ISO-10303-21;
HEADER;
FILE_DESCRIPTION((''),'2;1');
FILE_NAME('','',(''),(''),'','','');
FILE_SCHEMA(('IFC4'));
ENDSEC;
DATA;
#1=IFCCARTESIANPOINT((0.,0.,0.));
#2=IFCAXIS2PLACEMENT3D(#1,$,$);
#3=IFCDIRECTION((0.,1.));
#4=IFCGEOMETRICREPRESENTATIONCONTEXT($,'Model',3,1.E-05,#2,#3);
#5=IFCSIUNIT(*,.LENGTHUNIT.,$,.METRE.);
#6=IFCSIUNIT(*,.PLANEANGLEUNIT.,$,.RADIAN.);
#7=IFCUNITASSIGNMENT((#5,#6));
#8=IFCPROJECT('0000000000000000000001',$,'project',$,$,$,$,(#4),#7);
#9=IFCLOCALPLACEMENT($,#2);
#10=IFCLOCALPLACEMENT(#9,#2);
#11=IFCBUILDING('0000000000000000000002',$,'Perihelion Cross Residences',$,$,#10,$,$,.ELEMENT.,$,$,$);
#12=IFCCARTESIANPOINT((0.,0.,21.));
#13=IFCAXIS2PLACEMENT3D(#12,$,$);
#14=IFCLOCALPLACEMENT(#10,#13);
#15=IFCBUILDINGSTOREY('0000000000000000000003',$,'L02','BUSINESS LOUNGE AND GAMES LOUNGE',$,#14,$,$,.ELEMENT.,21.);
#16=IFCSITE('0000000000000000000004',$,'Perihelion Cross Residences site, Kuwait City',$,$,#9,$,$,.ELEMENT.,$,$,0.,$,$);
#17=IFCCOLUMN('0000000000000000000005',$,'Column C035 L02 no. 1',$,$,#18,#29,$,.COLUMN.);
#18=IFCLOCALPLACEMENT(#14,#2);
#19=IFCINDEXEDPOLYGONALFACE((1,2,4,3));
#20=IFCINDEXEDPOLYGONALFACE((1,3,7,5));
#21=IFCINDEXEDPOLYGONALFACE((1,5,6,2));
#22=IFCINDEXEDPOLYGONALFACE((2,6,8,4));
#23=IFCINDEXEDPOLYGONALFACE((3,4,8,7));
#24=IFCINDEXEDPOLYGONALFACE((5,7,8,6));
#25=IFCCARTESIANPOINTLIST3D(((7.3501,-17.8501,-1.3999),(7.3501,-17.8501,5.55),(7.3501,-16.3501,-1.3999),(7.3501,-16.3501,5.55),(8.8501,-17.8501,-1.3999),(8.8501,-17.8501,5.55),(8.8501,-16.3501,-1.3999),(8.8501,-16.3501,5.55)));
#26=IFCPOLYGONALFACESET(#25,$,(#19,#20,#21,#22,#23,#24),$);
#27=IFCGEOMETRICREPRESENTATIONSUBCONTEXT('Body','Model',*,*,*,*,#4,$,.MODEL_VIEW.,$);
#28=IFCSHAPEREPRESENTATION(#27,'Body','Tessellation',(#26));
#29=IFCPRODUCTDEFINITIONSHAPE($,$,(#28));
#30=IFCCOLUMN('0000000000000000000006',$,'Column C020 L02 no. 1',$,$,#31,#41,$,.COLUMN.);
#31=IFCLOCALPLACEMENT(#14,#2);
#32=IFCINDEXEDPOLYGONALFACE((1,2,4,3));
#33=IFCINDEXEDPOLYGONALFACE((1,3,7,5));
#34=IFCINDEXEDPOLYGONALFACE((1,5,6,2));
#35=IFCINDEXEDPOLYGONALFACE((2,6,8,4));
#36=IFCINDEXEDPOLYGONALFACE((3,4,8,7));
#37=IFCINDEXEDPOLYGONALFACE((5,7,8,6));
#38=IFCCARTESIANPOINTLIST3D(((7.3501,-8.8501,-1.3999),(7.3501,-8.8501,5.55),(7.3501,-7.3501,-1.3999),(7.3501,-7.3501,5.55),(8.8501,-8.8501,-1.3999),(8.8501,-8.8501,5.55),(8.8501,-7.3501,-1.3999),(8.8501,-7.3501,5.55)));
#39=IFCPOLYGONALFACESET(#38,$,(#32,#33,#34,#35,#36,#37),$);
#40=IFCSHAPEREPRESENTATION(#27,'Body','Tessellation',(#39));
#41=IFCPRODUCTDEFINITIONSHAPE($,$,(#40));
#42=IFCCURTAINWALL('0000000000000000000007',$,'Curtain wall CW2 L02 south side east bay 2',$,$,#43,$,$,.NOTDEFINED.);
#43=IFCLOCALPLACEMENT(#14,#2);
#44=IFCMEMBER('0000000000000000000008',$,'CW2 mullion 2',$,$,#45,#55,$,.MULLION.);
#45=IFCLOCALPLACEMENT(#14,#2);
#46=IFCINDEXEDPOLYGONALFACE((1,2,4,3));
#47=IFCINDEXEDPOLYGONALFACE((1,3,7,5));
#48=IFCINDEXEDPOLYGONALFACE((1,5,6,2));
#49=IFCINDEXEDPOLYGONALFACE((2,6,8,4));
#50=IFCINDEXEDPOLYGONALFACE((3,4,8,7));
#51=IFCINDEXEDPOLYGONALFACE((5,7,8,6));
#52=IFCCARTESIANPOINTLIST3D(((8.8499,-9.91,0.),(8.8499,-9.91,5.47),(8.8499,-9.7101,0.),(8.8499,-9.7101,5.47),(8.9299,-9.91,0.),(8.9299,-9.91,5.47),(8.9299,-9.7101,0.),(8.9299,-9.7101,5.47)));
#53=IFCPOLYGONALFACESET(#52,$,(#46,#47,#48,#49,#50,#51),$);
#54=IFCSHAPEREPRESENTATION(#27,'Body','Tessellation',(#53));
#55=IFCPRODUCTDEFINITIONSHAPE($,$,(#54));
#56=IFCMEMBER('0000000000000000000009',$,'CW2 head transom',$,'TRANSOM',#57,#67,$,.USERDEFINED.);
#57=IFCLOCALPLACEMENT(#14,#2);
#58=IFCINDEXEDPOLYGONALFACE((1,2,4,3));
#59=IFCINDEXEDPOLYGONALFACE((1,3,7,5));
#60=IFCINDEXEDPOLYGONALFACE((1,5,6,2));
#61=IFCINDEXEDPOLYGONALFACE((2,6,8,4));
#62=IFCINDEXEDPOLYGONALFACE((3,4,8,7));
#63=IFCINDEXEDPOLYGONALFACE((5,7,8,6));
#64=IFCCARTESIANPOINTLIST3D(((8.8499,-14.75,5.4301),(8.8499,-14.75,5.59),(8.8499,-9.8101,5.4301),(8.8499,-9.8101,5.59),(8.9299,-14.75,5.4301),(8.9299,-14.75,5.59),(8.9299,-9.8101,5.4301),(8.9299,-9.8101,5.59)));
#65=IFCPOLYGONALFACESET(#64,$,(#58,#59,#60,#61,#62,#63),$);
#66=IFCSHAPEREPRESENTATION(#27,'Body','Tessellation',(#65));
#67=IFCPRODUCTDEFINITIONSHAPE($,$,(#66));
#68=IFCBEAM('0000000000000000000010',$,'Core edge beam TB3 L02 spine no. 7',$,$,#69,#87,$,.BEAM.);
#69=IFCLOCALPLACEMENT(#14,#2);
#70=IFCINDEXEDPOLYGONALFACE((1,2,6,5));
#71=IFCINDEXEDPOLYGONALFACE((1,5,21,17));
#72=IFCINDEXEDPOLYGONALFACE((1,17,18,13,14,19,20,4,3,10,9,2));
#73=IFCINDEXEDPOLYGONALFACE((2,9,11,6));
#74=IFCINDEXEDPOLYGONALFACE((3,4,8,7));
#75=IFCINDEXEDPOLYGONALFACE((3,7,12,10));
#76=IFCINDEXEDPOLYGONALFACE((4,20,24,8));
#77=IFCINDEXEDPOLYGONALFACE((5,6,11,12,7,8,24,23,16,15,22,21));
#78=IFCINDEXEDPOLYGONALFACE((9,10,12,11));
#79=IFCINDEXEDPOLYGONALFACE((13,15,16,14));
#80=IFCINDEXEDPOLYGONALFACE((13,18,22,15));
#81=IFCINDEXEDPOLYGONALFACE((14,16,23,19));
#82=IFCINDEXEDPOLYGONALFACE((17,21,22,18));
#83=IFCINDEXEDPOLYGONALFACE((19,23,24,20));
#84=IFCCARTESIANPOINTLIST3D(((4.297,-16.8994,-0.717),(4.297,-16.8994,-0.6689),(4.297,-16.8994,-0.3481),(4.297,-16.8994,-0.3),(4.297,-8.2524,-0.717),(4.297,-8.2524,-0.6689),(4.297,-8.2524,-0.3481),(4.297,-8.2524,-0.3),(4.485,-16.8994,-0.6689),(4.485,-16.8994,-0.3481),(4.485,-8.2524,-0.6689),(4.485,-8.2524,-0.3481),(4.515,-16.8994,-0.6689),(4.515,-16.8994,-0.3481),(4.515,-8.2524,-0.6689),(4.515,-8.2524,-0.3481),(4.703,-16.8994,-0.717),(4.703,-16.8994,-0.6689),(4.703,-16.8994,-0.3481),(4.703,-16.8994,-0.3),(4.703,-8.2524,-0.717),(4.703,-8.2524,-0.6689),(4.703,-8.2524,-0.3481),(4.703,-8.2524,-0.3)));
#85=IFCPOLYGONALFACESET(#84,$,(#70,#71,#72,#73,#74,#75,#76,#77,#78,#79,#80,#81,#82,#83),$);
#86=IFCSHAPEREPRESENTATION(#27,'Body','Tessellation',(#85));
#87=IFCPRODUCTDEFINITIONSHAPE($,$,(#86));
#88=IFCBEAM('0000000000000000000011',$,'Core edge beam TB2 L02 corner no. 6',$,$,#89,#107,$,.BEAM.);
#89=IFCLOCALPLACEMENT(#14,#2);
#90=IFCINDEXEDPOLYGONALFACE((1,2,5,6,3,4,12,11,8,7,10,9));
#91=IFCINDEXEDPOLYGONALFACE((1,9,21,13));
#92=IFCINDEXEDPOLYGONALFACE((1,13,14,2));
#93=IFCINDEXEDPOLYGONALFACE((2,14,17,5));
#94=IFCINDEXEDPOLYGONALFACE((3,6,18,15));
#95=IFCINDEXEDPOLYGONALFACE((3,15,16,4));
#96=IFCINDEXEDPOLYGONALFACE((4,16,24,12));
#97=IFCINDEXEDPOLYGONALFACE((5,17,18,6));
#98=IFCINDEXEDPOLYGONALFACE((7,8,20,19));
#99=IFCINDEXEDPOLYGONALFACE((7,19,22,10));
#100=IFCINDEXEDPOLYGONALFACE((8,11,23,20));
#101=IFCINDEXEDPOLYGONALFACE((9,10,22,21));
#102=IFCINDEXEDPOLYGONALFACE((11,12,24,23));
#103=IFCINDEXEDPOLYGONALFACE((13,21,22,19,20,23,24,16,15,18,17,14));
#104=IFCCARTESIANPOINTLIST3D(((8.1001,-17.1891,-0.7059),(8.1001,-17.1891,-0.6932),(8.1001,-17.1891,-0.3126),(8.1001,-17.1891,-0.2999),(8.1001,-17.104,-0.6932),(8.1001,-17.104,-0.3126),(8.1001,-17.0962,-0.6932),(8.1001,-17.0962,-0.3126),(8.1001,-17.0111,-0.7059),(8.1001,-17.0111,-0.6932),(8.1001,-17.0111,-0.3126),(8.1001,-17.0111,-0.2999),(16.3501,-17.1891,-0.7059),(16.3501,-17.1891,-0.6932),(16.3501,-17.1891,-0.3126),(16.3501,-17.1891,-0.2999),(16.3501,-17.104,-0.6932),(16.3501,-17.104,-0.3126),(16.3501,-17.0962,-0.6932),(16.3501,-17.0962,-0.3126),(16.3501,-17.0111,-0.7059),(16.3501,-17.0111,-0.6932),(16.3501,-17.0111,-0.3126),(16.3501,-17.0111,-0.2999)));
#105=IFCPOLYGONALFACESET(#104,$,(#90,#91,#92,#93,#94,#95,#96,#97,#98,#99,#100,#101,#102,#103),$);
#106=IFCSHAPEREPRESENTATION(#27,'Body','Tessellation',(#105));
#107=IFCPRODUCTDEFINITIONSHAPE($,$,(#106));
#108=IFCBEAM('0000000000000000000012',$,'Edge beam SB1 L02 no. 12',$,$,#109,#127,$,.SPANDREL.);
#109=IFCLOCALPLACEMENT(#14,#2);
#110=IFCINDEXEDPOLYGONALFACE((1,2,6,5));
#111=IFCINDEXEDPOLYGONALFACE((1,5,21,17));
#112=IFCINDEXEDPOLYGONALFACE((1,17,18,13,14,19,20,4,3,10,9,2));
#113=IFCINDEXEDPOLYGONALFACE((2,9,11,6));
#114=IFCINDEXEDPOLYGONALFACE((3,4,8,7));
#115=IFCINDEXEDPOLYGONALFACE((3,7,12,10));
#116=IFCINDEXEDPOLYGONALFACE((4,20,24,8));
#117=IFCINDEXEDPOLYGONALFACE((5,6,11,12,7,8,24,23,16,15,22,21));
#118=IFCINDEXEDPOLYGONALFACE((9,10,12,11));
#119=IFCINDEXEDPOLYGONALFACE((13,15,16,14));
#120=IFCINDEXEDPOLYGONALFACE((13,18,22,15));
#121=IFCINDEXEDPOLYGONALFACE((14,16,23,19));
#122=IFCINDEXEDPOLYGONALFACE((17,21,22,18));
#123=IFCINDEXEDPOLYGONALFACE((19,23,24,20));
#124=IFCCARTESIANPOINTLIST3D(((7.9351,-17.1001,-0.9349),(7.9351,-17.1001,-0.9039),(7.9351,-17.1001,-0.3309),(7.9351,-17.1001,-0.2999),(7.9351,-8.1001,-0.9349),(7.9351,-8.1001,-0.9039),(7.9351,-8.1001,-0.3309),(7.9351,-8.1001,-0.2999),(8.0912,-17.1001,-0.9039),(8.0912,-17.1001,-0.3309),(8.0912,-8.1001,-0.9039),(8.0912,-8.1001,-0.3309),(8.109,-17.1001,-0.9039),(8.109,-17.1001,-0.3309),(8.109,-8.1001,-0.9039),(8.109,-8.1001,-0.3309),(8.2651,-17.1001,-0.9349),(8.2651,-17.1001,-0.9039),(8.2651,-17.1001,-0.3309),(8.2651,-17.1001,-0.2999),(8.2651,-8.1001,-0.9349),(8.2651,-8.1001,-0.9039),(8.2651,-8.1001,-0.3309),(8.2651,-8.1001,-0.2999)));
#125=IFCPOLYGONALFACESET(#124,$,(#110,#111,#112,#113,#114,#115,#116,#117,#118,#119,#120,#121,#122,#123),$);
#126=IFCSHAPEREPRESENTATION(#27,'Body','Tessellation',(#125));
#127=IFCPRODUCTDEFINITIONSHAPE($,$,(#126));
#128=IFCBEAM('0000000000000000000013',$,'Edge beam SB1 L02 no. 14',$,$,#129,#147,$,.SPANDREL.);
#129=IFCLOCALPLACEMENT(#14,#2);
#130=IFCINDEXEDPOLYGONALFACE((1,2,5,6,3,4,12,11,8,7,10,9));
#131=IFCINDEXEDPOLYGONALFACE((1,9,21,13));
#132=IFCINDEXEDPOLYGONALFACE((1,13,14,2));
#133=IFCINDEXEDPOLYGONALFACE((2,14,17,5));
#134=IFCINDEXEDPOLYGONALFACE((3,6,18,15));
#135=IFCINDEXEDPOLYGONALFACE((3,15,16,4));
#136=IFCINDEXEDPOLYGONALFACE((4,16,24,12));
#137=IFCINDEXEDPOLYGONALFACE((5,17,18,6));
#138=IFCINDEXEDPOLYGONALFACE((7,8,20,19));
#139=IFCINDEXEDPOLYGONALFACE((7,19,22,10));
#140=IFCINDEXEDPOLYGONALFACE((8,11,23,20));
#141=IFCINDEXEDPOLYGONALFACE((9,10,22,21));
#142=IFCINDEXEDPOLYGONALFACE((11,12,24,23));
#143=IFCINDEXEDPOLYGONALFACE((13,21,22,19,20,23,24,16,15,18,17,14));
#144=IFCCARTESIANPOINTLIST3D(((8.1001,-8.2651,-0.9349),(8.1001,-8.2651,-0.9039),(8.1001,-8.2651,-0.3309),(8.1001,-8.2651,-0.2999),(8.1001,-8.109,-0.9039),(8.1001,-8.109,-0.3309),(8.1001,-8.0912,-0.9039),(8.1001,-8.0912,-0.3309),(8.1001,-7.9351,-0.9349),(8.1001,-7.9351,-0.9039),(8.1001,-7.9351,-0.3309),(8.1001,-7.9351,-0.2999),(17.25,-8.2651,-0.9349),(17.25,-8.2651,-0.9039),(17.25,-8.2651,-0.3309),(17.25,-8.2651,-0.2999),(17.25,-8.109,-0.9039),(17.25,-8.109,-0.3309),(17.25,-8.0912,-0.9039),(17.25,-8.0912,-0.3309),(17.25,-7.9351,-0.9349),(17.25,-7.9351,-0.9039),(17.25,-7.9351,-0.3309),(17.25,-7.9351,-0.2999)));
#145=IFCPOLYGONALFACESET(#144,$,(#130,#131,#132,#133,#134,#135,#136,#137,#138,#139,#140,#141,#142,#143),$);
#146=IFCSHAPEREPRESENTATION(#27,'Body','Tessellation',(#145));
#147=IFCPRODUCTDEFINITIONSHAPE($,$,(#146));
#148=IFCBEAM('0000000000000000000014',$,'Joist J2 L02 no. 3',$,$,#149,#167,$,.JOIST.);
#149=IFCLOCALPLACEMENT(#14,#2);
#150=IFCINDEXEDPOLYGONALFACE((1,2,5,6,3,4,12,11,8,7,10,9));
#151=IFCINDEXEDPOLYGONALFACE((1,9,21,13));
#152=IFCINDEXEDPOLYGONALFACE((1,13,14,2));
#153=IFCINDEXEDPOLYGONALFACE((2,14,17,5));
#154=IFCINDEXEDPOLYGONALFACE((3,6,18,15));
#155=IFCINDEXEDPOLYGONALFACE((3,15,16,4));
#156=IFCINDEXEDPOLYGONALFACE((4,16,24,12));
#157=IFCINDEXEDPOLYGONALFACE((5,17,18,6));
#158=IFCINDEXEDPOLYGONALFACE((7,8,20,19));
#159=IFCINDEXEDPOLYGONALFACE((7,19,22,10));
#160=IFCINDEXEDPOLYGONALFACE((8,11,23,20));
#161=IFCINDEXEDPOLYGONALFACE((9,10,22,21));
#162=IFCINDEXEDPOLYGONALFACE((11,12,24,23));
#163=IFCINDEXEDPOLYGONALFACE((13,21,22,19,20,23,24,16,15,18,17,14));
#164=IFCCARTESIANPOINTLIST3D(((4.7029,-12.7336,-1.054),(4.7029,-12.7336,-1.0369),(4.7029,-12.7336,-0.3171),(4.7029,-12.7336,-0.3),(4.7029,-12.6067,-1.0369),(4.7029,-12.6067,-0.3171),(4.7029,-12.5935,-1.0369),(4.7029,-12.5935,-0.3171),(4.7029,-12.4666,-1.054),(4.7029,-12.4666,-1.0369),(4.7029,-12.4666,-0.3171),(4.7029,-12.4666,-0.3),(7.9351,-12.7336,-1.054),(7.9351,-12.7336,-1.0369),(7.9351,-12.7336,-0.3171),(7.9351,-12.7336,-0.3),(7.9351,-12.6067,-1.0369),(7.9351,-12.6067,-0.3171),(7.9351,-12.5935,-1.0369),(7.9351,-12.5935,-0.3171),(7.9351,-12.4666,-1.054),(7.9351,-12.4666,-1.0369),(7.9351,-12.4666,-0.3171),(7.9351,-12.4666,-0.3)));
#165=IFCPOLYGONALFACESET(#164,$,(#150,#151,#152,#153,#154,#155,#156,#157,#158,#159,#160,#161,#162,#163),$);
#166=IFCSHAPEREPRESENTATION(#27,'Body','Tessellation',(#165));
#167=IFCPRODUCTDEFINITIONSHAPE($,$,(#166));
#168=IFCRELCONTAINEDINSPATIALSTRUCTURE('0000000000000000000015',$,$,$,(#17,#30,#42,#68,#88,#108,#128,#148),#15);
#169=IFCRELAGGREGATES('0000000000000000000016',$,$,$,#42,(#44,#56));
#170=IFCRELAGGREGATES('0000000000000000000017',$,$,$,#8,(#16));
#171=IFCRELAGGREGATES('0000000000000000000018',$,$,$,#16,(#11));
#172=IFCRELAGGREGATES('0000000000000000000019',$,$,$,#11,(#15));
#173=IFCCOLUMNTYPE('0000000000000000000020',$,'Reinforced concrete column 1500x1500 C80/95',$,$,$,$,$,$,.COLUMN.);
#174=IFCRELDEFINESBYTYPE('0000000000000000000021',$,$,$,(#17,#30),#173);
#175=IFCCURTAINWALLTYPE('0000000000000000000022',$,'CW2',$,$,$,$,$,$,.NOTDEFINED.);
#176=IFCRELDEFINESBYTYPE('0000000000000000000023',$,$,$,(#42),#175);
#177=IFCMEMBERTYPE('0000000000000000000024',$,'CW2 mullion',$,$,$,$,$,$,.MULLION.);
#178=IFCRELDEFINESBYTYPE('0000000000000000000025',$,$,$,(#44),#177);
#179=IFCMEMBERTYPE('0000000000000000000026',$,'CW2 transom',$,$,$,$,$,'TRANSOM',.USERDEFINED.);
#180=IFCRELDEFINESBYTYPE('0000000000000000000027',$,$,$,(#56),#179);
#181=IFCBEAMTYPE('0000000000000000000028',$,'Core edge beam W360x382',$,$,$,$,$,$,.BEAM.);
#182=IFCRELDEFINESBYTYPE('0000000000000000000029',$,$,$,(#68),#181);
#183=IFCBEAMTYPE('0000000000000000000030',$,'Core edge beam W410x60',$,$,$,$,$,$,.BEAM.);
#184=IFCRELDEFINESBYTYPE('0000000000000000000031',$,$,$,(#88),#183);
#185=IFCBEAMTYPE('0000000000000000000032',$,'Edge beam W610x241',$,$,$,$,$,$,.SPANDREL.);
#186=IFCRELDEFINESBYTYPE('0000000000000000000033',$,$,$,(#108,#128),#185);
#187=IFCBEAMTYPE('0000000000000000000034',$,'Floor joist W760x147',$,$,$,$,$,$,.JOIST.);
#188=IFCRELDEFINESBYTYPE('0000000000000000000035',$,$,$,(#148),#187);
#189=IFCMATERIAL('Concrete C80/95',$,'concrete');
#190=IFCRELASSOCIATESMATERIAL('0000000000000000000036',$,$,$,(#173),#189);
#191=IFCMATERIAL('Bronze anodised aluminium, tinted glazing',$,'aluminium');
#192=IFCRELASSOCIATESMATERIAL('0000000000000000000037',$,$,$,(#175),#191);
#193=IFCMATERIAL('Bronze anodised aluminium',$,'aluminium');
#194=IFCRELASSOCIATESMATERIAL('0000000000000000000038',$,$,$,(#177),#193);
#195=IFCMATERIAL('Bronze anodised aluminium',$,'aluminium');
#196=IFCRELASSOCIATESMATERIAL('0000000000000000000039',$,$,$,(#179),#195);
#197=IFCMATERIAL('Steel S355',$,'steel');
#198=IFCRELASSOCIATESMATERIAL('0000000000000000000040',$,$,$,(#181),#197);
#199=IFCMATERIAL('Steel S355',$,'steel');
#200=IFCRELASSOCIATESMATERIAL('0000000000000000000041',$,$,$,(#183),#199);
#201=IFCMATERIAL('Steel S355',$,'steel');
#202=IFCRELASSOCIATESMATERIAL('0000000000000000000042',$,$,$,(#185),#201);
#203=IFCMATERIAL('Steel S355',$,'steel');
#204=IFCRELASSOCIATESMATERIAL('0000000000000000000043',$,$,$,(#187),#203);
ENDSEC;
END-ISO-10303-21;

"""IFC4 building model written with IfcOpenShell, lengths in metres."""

from ifc_helpers import new_model, si_unit, direction, frame, origin, origin_2d, place, context, subcontext, project, spatial, rectangle, i_section, extrude, material, material_profile, profile_set, type_object, element, aggregate, save


model = new_model("IFC4")

# Units and contexts
model_context = context("Model", 3, precision=1e-05, world=origin(), true_north=direction((0.0, 1.0)))
body_context = subcontext(model_context, "Body", "Model", "MODEL_VIEW")
ifc_project = project(units=[si_unit("LENGTHUNIT", "METRE"), si_unit("PLANEANGLEUNIT", "RADIAN")], contexts=[model_context])

# Site, building, storey
site_placement = place(None, origin())
site = spatial("IfcSite", under=ifc_project, at=site_placement, Name="Perihelion Cross Residences site, Kuwait City", CompositionType="ELEMENT", RefElevation=0.0)
building_placement = place(site_placement, origin())
building = spatial("IfcBuilding", under=site, at=building_placement, Name="Perihelion Cross Residences", CompositionType="ELEMENT")
storey_placement = place(building_placement, frame((0.0, 0.0, 21.0)))
storey = spatial("IfcBuildingStorey", under=building, at=storey_placement, Name="L02", Description="BUSINESS LOUNGE AND GAMES LOUNGE", CompositionType="ELEMENT", Elevation=21.0)

# Columns
ifc_material_1 = material(Name="Concrete C80/95", Category="concrete")
ifc_material_profile_1 = material_profile(ifc_material_1, rectangle(XDim=1.5, YDim=1.5, at=origin_2d()), Name="RC 1500x1500")
ifc_profile_set_1 = profile_set([ifc_material_profile_1], Name="Concrete C80/95")
column_type = type_object("IfcColumnType", Name="Reinforced concrete column 1500x1500 C80/95", PredefinedType="COLUMN", material=ifc_profile_set_1)
for number, where, z_axis, x_axis, name in (
    (1, (8.1001, -17.1001, -1.3999), (0.0, 0.0, 1.0), (1.0, 0.0, 0.0), "Column C035 L02 no. 1"),
    (2, (8.1001, -8.1001, -1.3999), (0.0, 0.0, 1.0), (1.0, 0.0, 0.0), "Column C020 L02 no. 1"),
):
    element("IfcColumn", number, at=place(storey_placement, frame(where, z_axis=z_axis, x_axis=x_axis)), inside=storey, type_object=column_type, Name=name, PredefinedType="COLUMN", context=body_context, shape_type="SweptSolid", body=[
        extrude(rectangle(XDim=1.5, YDim=1.5, at=origin_2d()), origin(), (0.0, 0.0, 1.0), 6.95),
    ])

# Curtain wall, members
ifc_material_2 = material(Name="Bronze anodised aluminium, tinted glazing", Category="aluminium")
curtain_wall_type = type_object("IfcCurtainWallType", Name="CW2", PredefinedType="NOTDEFINED", material=ifc_material_2)
curtain_wall_placement = place(storey_placement, origin())
curtain_wall = element("IfcCurtainWall", 3, at=curtain_wall_placement, inside=storey, type_object=curtain_wall_type, Name="Curtain wall CW2 L02 south side east bay 2", PredefinedType="NOTDEFINED")
ifc_material_3 = material(Name="Bronze anodised aluminium", Category="aluminium")
ifc_material_profile_2 = material_profile(ifc_material_3, rectangle(XDim=0.0801, YDim=0.2, at=origin_2d()), Name="CW2 mullion")
ifc_profile_set_2 = profile_set([ifc_material_profile_2], Name="Bronze anodised aluminium")
member_type_1 = type_object("IfcMemberType", Name="CW2 mullion", PredefinedType="MULLION", material=ifc_profile_set_2)
member_1_placement = place(storey_placement, frame((8.8899, -9.8101, 0.0), z_axis=(0.0, 0.0, 1.0), x_axis=(-1.0, 0.0, 0.0)))
member_1 = element("IfcMember", 4, at=member_1_placement, type_object=member_type_1, Name="CW2 mullion 2", PredefinedType="MULLION", context=body_context, shape_type="SweptSolid", body=[
    extrude(rectangle(XDim=0.0801, YDim=0.2, at=origin_2d()), origin(), (0.0, 0.0, 1.0), 5.47),
])
ifc_material_4 = material(Name="Bronze anodised aluminium", Category="aluminium")
ifc_material_profile_3 = material_profile(ifc_material_4, rectangle(XDim=0.0801, YDim=0.1599, at=origin_2d()), Name="CW2 transom")
ifc_profile_set_3 = profile_set([ifc_material_profile_3], Name="Bronze anodised aluminium")
member_type_2 = type_object("IfcMemberType", Name="CW2 transom", ElementType="TRANSOM", PredefinedType="USERDEFINED", material=ifc_profile_set_3)
member_2_placement = place(storey_placement, frame((8.8899, -14.75, 5.51), z_axis=(0.0, 1.0, 0.0), x_axis=(-1.0, 0.0, 0.0)))
member_2 = element("IfcMember", 5, at=member_2_placement, type_object=member_type_2, Name="CW2 head transom", ObjectType="TRANSOM", PredefinedType="USERDEFINED", context=body_context, shape_type="SweptSolid", body=[
    extrude(rectangle(XDim=0.0801, YDim=0.1599, at=origin_2d()), origin(), (0.0, 0.0, 1.0), 4.9399),
])

# Beams
ifc_material_5 = material(Name="Steel S355", Category="steel")
ifc_material_profile_4 = material_profile(ifc_material_5, i_section(OverallWidth=0.406, OverallDepth=0.417, WebThickness=0.03, FlangeThickness=0.0481, at=origin_2d()), Name="W360x382")
ifc_profile_set_4 = profile_set([ifc_material_profile_4], Name="Steel S355")
beam_type_1 = type_object("IfcBeamType", Name="Core edge beam W360x382", PredefinedType="BEAM", material=ifc_profile_set_4)
beam_1_placement = place(storey_placement, frame((4.5, -8.2524, -0.5085), z_axis=(0.0, -1.0, 0.0), x_axis=(1.0, 0.0, 0.0)))
element("IfcBeam", 6, at=beam_1_placement, inside=storey, type_object=beam_type_1, Name="Core edge beam TB3 L02 spine no. 7", PredefinedType="BEAM", context=body_context, shape_type="SweptSolid", body=[
    extrude(i_section(OverallWidth=0.406, OverallDepth=0.417, WebThickness=0.03, FlangeThickness=0.0481, at=origin_2d()), origin(), (0.0, 0.0, 1.0), 8.647),
])
ifc_material_6 = material(Name="Steel S355", Category="steel")
ifc_material_profile_5 = material_profile(ifc_material_6, i_section(OverallWidth=0.178, OverallDepth=0.406, WebThickness=0.0078, FlangeThickness=0.0127, at=origin_2d()), Name="W410x60")
ifc_profile_set_5 = profile_set([ifc_material_profile_5], Name="Steel S355")
beam_type_2 = type_object("IfcBeamType", Name="Core edge beam W410x60", PredefinedType="BEAM", material=ifc_profile_set_5)
beam_2_placement = place(storey_placement, frame((8.1001, -17.1001, -0.5029), z_axis=(1.0, 0.0, 0.0), x_axis=(0.0, 1.0, 0.0)))
element("IfcBeam", 7, at=beam_2_placement, inside=storey, type_object=beam_type_2, Name="Core edge beam TB2 L02 corner no. 6", PredefinedType="BEAM", context=body_context, shape_type="SweptSolid", body=[
    extrude(i_section(OverallWidth=0.178, OverallDepth=0.406, WebThickness=0.0078, FlangeThickness=0.0127, at=origin_2d()), origin(), (0.0, 0.0, 1.0), 8.25),
])
ifc_material_7 = material(Name="Steel S355", Category="steel")
ifc_material_profile_6 = material_profile(ifc_material_7, i_section(OverallWidth=0.3301, OverallDepth=0.635, WebThickness=0.0178, FlangeThickness=0.031, at=origin_2d()), Name="W610x241")
ifc_profile_set_6 = profile_set([ifc_material_profile_6], Name="Steel S355")
beam_type_3 = type_object("IfcBeamType", Name="Edge beam W610x241", PredefinedType="SPANDREL", material=ifc_profile_set_6)
beam_3_placement = place(storey_placement, frame((8.1001, -17.1001, -0.6174), z_axis=(0.0, 1.0, 0.0), x_axis=(-1.0, 0.0, 0.0)))
element("IfcBeam", 8, at=beam_3_placement, inside=storey, type_object=beam_type_3, Name="Edge beam SB1 L02 no. 12", PredefinedType="SPANDREL", context=body_context, shape_type="SweptSolid", body=[
    extrude(i_section(OverallWidth=0.3301, OverallDepth=0.635, WebThickness=0.0178, FlangeThickness=0.031, at=origin_2d()), origin(), (0.0, 0.0, 1.0), 9.0),
])
beam_4_placement = place(storey_placement, frame((8.1001, -8.1001, -0.6174), z_axis=(1.0, 0.0, 0.0), x_axis=(0.0, 1.0, 0.0)))
element("IfcBeam", 9, at=beam_4_placement, inside=storey, type_object=beam_type_3, Name="Edge beam SB1 L02 no. 14", PredefinedType="SPANDREL", context=body_context, shape_type="SweptSolid", body=[
    extrude(i_section(OverallWidth=0.3301, OverallDepth=0.635, WebThickness=0.0178, FlangeThickness=0.031, at=origin_2d()), origin(), (0.0, 0.0, 1.0), 9.1499),
])
ifc_material_8 = material(Name="Steel S355", Category="steel")
ifc_material_profile_7 = material_profile(ifc_material_8, i_section(OverallWidth=0.2671, OverallDepth=0.7539, WebThickness=0.0132, FlangeThickness=0.0171, at=origin_2d()), Name="W760x147")
ifc_profile_set_7 = profile_set([ifc_material_profile_7], Name="Steel S355")
beam_type_4 = type_object("IfcBeamType", Name="Floor joist W760x147", PredefinedType="JOIST", material=ifc_profile_set_7)
beam_5_placement = place(storey_placement, frame((4.7029, -12.6001, -0.677), z_axis=(1.0, 0.0, 0.0), x_axis=(0.0, 1.0, 0.0)))
element("IfcBeam", 10, at=beam_5_placement, inside=storey, type_object=beam_type_4, Name="Joist J2 L02 no. 3", PredefinedType="JOIST", context=body_context, shape_type="SweptSolid", body=[
    extrude(i_section(OverallWidth=0.2671, OverallDepth=0.7539, WebThickness=0.0132, FlangeThickness=0.0171, at=origin_2d()), origin(), (0.0, 0.0, 1.0), 3.2322),
])

aggregate(curtain_wall, [member_1, member_2])

save(model, "model.ifc")
